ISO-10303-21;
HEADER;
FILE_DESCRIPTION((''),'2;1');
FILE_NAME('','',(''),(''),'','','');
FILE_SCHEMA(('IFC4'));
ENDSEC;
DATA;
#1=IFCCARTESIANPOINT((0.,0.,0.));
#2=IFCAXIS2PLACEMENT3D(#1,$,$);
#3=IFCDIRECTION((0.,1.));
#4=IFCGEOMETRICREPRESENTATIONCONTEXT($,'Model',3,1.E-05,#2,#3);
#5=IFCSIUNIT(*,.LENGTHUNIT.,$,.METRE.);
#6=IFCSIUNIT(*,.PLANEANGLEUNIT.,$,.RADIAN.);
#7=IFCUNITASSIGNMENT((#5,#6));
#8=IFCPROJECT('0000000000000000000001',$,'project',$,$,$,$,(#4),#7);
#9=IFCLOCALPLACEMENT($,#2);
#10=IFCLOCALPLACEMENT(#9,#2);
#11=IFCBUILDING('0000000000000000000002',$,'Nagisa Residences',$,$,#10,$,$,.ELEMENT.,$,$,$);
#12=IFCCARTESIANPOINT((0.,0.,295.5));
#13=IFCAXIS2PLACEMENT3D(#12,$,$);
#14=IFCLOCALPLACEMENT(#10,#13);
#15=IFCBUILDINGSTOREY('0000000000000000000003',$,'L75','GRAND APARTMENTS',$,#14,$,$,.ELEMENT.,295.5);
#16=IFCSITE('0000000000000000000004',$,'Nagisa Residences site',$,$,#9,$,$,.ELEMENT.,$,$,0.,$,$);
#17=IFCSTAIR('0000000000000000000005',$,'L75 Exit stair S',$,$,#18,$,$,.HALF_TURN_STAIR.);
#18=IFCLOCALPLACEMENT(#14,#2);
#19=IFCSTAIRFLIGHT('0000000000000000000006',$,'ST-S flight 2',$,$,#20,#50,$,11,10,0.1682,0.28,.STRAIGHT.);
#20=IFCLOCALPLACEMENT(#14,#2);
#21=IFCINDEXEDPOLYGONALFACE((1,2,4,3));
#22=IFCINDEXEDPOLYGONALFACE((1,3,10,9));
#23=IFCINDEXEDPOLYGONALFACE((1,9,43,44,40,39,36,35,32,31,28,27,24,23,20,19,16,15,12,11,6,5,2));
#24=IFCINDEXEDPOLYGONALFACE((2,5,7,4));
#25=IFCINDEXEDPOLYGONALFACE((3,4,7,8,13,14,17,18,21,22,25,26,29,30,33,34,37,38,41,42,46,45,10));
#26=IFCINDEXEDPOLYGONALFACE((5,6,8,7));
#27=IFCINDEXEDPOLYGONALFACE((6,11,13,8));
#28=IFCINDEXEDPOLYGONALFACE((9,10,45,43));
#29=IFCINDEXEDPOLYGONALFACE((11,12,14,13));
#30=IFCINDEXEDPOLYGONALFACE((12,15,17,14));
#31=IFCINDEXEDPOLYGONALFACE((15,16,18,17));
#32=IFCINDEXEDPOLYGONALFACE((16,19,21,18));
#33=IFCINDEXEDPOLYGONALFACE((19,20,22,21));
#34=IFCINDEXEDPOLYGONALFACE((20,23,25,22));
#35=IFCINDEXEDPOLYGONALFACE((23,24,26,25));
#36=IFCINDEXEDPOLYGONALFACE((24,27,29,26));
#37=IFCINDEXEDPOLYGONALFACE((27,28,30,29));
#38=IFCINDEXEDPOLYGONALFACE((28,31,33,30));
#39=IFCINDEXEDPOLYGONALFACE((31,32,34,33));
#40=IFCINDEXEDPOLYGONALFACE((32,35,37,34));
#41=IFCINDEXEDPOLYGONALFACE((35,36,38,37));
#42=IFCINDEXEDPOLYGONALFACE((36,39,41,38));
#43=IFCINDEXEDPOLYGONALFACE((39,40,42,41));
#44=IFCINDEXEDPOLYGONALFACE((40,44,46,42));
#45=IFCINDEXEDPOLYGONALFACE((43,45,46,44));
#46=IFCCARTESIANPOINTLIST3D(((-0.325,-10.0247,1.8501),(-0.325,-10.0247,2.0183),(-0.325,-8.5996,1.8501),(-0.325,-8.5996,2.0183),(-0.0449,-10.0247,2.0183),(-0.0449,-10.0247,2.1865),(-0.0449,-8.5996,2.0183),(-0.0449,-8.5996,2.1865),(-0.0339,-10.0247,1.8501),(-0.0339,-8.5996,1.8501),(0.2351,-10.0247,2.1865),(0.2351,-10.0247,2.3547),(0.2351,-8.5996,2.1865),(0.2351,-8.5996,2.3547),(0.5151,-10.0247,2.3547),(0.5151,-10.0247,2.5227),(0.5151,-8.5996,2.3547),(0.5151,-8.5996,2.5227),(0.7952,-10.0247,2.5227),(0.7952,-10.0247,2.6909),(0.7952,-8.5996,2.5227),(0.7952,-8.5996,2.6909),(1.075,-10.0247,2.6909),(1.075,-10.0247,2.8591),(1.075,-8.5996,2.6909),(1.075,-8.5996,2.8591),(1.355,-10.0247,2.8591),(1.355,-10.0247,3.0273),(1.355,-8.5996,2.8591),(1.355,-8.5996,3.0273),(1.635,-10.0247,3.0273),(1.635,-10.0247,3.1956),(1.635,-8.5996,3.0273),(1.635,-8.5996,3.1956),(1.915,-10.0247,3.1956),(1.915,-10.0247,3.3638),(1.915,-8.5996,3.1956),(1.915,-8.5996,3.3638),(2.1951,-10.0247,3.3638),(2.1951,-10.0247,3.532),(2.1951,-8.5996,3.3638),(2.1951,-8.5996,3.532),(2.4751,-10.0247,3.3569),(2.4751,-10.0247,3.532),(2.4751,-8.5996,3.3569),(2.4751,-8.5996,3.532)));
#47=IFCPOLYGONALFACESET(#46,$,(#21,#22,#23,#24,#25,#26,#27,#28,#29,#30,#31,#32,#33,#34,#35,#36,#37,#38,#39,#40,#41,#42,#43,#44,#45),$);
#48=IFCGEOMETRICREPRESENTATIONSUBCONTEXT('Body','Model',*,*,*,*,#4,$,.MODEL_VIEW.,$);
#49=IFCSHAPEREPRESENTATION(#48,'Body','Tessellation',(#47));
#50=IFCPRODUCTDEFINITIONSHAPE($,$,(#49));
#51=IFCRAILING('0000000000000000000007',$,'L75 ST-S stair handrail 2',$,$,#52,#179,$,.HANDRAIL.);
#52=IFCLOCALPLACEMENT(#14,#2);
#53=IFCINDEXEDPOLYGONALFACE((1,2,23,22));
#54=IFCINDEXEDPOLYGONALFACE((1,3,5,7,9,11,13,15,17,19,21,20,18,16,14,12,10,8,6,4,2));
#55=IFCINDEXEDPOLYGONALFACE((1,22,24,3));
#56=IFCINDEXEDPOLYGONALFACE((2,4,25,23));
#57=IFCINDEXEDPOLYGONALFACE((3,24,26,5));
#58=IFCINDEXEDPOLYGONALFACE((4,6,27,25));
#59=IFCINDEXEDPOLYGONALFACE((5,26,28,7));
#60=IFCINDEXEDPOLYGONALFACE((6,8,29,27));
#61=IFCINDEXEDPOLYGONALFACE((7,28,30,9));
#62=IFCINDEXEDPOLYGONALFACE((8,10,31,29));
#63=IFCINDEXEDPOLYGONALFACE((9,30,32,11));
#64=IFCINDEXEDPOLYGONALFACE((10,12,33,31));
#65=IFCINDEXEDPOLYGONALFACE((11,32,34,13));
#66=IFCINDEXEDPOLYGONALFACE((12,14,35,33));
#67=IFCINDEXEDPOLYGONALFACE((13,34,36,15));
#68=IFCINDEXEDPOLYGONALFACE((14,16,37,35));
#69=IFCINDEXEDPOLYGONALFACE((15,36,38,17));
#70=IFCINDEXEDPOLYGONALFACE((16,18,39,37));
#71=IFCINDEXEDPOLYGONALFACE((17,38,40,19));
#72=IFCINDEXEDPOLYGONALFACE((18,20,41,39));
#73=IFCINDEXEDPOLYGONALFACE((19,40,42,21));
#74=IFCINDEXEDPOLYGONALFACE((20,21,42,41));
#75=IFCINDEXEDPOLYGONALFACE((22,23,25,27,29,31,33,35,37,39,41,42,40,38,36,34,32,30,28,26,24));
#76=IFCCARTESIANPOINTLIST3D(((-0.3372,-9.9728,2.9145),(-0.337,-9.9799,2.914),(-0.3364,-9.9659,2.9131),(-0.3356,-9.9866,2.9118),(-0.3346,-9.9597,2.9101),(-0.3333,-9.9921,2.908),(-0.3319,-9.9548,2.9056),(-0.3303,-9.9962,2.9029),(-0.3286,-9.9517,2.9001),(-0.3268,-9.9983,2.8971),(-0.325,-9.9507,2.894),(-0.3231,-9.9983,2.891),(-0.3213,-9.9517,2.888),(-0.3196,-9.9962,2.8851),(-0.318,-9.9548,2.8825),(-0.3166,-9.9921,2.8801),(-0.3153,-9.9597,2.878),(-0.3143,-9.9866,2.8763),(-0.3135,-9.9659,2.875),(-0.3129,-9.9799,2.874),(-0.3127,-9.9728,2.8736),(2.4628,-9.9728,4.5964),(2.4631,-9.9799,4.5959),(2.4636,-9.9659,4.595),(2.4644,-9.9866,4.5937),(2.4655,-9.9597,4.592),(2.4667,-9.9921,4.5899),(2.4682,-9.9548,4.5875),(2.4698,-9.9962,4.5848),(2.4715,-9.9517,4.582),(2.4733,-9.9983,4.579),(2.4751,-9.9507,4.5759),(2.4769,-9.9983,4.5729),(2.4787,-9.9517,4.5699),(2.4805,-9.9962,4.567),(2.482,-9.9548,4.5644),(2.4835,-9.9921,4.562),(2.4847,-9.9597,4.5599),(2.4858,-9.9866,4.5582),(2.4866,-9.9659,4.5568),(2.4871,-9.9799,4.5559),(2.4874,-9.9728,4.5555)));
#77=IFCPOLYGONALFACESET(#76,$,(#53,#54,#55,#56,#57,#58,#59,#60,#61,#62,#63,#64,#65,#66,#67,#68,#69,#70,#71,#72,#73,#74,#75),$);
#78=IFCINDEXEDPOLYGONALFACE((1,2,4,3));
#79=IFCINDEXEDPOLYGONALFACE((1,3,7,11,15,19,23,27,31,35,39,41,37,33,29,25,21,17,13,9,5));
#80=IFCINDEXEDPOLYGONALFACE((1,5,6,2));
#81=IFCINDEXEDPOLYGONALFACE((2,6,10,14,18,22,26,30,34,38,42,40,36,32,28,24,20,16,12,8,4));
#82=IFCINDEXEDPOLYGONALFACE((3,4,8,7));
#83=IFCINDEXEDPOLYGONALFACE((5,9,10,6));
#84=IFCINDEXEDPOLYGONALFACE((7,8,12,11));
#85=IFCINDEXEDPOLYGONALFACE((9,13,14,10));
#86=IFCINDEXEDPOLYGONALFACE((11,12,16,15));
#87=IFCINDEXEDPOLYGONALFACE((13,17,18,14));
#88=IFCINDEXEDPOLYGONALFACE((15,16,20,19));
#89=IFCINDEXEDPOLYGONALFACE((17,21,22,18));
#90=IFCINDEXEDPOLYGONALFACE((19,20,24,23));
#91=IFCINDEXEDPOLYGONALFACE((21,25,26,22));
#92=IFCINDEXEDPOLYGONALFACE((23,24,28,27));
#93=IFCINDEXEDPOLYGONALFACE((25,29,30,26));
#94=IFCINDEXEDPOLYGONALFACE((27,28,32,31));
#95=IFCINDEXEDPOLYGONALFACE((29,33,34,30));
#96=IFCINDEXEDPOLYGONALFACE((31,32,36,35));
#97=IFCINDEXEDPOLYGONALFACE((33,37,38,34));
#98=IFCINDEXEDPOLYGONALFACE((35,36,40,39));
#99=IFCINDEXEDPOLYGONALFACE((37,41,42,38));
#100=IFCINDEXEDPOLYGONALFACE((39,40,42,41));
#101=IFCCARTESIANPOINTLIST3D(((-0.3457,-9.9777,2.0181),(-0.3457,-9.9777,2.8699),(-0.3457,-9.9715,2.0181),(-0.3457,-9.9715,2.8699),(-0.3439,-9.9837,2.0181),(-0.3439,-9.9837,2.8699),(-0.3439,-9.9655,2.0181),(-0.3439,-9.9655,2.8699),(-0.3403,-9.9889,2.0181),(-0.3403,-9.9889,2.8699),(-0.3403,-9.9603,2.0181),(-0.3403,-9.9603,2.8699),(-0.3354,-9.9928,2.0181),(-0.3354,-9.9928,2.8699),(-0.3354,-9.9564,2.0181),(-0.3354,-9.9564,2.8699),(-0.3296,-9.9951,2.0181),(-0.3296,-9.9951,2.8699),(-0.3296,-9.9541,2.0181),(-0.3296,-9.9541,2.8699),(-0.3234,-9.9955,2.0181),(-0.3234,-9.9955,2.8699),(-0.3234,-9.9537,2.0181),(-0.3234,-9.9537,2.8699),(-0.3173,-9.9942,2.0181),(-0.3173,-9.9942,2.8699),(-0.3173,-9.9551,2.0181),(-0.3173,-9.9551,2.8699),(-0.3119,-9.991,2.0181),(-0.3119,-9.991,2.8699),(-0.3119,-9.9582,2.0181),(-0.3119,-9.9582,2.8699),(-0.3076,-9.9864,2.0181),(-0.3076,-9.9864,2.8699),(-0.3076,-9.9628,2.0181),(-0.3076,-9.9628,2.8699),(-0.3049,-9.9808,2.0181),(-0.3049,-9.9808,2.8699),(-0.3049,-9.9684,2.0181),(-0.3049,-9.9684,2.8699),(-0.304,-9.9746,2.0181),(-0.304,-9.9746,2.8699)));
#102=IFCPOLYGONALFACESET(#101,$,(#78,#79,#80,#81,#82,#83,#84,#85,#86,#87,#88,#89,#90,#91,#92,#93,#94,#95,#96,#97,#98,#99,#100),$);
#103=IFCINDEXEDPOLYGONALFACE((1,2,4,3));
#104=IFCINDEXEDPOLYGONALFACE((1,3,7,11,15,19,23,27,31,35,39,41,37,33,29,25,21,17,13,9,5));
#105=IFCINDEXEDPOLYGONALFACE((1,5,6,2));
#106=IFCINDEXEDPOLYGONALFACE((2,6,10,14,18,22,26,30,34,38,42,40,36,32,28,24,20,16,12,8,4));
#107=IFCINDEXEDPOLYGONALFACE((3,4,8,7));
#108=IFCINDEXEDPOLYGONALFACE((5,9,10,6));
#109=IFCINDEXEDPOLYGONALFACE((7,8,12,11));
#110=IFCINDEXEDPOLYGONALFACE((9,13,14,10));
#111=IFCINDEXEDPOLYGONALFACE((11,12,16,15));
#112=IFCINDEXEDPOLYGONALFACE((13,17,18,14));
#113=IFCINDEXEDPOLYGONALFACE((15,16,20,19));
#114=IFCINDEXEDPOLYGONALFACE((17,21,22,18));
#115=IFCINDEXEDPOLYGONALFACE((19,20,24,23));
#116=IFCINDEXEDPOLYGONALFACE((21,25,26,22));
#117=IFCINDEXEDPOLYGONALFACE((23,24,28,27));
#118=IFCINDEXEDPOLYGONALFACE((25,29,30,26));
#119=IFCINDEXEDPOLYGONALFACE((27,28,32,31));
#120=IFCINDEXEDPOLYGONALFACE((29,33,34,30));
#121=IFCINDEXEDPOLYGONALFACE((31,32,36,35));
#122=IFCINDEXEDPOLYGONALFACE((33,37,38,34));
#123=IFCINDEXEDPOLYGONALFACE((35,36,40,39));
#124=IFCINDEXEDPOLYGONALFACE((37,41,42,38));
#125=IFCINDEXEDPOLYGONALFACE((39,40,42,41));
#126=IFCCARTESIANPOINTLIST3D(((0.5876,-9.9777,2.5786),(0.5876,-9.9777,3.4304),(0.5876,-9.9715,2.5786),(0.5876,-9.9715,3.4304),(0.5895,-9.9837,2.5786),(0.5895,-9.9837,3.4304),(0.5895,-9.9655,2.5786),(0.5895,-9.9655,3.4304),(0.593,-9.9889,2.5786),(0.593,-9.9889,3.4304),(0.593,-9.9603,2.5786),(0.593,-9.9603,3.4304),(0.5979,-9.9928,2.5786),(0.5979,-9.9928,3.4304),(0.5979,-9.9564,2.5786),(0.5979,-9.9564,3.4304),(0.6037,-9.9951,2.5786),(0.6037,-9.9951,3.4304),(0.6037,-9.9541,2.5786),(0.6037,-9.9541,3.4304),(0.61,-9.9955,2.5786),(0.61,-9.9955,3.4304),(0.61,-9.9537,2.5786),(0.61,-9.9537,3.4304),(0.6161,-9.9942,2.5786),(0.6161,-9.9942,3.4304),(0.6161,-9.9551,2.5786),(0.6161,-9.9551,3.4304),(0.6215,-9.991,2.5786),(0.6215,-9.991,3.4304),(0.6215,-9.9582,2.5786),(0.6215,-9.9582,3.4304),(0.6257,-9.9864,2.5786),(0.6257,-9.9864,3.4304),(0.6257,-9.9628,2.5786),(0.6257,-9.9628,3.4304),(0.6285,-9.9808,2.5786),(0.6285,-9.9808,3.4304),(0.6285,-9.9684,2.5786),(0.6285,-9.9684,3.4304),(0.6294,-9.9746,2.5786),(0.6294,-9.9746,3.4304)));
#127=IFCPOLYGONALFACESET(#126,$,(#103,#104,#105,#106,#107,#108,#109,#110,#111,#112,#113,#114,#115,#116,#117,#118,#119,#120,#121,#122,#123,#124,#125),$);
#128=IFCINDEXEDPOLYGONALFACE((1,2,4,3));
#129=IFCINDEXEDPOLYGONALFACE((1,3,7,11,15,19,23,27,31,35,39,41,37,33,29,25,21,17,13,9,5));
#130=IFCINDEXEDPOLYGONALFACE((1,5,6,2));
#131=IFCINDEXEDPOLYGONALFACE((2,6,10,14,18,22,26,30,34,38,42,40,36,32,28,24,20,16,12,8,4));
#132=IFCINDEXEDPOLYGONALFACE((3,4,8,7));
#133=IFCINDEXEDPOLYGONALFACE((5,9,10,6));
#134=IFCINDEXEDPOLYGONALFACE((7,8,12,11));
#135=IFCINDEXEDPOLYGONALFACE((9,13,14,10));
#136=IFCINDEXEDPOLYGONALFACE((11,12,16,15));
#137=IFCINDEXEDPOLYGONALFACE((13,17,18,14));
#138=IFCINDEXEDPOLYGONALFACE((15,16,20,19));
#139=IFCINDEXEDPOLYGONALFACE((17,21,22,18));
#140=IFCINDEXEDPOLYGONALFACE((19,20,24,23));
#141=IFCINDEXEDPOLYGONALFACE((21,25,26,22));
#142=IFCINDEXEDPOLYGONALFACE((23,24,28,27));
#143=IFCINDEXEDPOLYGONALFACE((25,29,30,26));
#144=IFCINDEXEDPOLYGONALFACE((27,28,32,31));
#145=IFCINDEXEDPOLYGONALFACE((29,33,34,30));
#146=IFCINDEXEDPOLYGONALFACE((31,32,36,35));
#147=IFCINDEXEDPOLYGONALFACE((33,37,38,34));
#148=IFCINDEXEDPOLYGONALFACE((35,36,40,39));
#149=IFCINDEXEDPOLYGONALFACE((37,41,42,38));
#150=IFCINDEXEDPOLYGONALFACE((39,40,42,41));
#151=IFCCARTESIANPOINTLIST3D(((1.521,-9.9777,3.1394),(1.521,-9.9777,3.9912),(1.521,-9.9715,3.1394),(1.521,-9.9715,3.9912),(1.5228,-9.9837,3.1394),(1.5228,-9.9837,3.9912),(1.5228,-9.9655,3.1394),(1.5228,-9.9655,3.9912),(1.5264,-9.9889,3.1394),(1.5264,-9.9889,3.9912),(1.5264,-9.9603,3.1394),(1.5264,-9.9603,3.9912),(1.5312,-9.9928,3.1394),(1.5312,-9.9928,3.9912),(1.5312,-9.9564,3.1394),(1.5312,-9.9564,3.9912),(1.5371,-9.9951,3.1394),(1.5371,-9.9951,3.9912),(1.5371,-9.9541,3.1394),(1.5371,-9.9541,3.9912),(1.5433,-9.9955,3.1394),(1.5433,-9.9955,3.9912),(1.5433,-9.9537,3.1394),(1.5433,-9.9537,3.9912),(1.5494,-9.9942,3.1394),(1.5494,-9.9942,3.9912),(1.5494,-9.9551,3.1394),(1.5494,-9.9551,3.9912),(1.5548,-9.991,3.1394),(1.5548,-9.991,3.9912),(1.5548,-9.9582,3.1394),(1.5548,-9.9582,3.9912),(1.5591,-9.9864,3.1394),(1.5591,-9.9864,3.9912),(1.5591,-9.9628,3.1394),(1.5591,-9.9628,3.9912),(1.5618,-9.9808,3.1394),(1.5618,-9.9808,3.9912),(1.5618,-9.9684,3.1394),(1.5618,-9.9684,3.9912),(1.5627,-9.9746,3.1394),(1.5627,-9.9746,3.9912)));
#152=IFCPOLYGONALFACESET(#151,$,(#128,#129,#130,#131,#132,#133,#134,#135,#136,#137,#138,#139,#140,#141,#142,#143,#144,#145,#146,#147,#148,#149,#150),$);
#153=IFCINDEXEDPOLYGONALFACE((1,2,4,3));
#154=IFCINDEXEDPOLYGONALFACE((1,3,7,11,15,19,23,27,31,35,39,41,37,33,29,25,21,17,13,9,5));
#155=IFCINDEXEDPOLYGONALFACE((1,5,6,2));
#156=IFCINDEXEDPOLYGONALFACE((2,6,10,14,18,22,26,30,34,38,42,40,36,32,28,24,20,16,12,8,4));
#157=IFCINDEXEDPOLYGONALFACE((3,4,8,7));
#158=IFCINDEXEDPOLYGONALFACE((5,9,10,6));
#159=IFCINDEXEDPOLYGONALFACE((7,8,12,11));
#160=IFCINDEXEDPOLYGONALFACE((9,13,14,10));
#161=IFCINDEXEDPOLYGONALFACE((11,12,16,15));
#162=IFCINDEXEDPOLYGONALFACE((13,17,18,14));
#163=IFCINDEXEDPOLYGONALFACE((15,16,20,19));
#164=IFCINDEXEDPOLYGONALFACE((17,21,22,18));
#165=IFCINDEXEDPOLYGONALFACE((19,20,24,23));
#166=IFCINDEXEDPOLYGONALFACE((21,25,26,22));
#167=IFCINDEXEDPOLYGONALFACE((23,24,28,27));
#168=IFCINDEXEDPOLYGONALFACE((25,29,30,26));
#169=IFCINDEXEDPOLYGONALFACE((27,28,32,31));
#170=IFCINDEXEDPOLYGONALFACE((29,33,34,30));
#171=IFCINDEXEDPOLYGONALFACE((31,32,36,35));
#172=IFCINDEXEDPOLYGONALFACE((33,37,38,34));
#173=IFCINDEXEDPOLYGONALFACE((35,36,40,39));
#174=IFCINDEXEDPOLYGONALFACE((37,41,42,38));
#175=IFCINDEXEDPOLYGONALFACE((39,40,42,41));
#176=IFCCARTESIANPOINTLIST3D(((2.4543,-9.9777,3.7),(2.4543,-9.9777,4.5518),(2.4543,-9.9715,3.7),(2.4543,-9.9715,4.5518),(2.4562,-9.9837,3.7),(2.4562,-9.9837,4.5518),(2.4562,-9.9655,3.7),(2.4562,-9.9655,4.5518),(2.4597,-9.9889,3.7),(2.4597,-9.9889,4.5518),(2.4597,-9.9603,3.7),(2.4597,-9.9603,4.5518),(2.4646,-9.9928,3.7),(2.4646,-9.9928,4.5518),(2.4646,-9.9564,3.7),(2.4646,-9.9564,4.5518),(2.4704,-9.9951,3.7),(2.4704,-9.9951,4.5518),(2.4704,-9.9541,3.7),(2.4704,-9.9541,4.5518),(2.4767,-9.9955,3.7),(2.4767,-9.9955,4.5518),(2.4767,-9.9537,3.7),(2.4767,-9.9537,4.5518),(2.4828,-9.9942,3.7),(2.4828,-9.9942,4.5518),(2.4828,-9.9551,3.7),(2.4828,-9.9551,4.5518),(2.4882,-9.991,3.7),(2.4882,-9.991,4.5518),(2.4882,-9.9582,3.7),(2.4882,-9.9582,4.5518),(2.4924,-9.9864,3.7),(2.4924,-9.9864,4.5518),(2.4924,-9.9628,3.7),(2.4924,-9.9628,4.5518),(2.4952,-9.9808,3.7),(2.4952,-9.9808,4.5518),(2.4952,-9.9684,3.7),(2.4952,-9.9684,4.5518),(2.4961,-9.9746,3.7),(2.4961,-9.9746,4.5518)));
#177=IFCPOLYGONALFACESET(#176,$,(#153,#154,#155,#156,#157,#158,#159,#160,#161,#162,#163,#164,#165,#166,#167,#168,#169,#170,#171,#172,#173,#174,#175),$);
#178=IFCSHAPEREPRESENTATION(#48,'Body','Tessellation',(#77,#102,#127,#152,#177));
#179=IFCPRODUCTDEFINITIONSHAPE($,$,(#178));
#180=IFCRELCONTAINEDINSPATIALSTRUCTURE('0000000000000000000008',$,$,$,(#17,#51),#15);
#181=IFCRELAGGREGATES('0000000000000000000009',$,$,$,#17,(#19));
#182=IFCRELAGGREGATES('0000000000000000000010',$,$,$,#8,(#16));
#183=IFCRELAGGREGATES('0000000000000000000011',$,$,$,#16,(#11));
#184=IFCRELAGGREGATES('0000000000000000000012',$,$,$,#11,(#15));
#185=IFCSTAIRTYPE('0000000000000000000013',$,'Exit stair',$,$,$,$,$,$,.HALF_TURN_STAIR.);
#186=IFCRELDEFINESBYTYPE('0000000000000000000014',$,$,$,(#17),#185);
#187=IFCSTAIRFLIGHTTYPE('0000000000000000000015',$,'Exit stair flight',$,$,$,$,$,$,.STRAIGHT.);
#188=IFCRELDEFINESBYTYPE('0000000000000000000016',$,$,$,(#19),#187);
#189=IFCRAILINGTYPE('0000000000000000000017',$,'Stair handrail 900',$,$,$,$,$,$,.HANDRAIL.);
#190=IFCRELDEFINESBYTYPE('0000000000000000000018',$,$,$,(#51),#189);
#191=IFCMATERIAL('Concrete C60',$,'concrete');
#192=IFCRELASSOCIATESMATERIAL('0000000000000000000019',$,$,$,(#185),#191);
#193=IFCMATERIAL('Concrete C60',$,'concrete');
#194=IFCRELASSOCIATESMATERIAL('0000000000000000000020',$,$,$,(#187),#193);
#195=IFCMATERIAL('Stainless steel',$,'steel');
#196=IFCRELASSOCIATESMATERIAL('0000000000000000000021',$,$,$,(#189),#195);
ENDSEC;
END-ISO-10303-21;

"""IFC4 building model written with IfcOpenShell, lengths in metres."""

from ifc_helpers import new_model, si_unit, direction, frame, origin, origin_2d, place, context, subcontext, project, spatial, polyline, circle, outline, extrude, material, type_object, element, aggregate, save


model = new_model("IFC4")

# Units and contexts
model_context = context("Model", 3, precision=1e-05, world=origin(), true_north=direction((0.0, 1.0)))
body_context = subcontext(model_context, "Body", "Model", "MODEL_VIEW")
ifc_project = project(units=[si_unit("LENGTHUNIT", "METRE"), si_unit("PLANEANGLEUNIT", "RADIAN")], contexts=[model_context])

# Site, building, storey
site_placement = place(None, origin())
site = spatial("IfcSite", under=ifc_project, at=site_placement, Name="Nagisa Residences site", CompositionType="ELEMENT", RefElevation=0.0)
building_placement = place(site_placement, origin())
building = spatial("IfcBuilding", under=site, at=building_placement, Name="Nagisa Residences", CompositionType="ELEMENT")
storey_placement = place(building_placement, frame((0.0, 0.0, 295.5)))
storey = spatial("IfcBuildingStorey", under=building, at=storey_placement, Name="L75", Description="GRAND APARTMENTS", CompositionType="ELEMENT", Elevation=295.5)

# Stair, stair flight
ifc_material_1 = material(Name="Concrete C60", Category="concrete")
stair_type = type_object("IfcStairType", Name="Exit stair", PredefinedType="HALF_TURN_STAIR", material=ifc_material_1)
stair_placement = place(storey_placement, origin())
stair = element("IfcStair", 1, at=stair_placement, inside=storey, type_object=stair_type, Name="L75 Exit stair S", PredefinedType="HALF_TURN_STAIR")
ifc_material_2 = material(Name="Concrete C60", Category="concrete")
stair_flight_type = type_object("IfcStairFlightType", Name="Exit stair flight", PredefinedType="STRAIGHT", material=ifc_material_2)
stair_flight_placement = place(storey_placement, frame((-0.325, -9.312, 1.8501), z_axis=(0.0, 0.0, 1.0), x_axis=(1.0, 0.0, 0.0)))
stair_flight = element("IfcStairFlight", 2, at=stair_flight_placement, type_object=stair_flight_type, Name="ST-S flight 2", NumberOfRisers=11, NumberOfTreads=10, PredefinedType="STRAIGHT", RiserHeight=0.1682, TreadLength=0.28, context=body_context, shape_type="SweptSolid", body=[
    extrude(outline(polyline([(0.0, 0.0), (0.0, 0.1682), (0.28, 0.1682), (0.28, 0.3364), (0.5601, 0.3364), (0.5601, 0.5046), (0.8401, 0.5046), (0.8401, 0.6726), (1.1201, 0.6726), (1.1201, 0.8408), (1.3999, 0.8408), (1.3999, 1.009), (1.6799, 1.009), (1.6799, 1.1772), (1.96, 1.1772), (1.96, 1.3455), (2.24, 1.3455), (2.24, 1.5137), (2.52, 1.5137), (2.52, 1.6819), (2.8, 1.6819), (2.8, 1.8501), (2.8, 1.5068), (0.291, 0.0), (0.0, 0.0)])), frame((0.0, 0.7124, 0.0), z_axis=(0.0, -1.0, 0.0), x_axis=(1.0, 0.0, 0.0)), (0.0, 0.0, 1.0), 1.425),
])
aggregate(stair, [stair_flight])

# Railing
ifc_material_3 = material(Name="Stainless steel", Category="steel")
railing_type = type_object("IfcRailingType", Name="Stair handrail 900", PredefinedType="HANDRAIL", material=ifc_material_3)
railing_placement = place(storey_placement, frame((-0.325, -9.9746, 2.0181)))
element("IfcRailing", 3, at=railing_placement, inside=storey, type_object=railing_type, Name="L75 ST-S stair handrail 2", PredefinedType="HANDRAIL", context=body_context, shape_type="SweptSolid", body=[
    extrude(circle(Radius=0.0239, at=origin_2d()), frame((0.0, 0.0, 0.876), z_axis=(0.857242, 0.0, 0.514913), x_axis=(0.0, 1.0, 0.0)), (0.0, 0.0, 1.0), 3.2664),
    extrude(circle(Radius=0.021, at=origin_2d()), origin(), (0.0, 0.0, 1.0), 0.8518),
    extrude(circle(Radius=0.021, at=origin_2d()), frame((0.9333, 0.0, 0.5605)), (0.0, 0.0, 1.0), 0.8518),
    extrude(circle(Radius=0.021, at=origin_2d()), frame((1.8667, 0.0, 1.1213)), (0.0, 0.0, 1.0), 0.8518),
    extrude(circle(Radius=0.021, at=origin_2d()), frame((2.8, 0.0, 1.6819)), (0.0, 0.0, 1.0), 0.8518),
])

save(model, "model.ifc")
